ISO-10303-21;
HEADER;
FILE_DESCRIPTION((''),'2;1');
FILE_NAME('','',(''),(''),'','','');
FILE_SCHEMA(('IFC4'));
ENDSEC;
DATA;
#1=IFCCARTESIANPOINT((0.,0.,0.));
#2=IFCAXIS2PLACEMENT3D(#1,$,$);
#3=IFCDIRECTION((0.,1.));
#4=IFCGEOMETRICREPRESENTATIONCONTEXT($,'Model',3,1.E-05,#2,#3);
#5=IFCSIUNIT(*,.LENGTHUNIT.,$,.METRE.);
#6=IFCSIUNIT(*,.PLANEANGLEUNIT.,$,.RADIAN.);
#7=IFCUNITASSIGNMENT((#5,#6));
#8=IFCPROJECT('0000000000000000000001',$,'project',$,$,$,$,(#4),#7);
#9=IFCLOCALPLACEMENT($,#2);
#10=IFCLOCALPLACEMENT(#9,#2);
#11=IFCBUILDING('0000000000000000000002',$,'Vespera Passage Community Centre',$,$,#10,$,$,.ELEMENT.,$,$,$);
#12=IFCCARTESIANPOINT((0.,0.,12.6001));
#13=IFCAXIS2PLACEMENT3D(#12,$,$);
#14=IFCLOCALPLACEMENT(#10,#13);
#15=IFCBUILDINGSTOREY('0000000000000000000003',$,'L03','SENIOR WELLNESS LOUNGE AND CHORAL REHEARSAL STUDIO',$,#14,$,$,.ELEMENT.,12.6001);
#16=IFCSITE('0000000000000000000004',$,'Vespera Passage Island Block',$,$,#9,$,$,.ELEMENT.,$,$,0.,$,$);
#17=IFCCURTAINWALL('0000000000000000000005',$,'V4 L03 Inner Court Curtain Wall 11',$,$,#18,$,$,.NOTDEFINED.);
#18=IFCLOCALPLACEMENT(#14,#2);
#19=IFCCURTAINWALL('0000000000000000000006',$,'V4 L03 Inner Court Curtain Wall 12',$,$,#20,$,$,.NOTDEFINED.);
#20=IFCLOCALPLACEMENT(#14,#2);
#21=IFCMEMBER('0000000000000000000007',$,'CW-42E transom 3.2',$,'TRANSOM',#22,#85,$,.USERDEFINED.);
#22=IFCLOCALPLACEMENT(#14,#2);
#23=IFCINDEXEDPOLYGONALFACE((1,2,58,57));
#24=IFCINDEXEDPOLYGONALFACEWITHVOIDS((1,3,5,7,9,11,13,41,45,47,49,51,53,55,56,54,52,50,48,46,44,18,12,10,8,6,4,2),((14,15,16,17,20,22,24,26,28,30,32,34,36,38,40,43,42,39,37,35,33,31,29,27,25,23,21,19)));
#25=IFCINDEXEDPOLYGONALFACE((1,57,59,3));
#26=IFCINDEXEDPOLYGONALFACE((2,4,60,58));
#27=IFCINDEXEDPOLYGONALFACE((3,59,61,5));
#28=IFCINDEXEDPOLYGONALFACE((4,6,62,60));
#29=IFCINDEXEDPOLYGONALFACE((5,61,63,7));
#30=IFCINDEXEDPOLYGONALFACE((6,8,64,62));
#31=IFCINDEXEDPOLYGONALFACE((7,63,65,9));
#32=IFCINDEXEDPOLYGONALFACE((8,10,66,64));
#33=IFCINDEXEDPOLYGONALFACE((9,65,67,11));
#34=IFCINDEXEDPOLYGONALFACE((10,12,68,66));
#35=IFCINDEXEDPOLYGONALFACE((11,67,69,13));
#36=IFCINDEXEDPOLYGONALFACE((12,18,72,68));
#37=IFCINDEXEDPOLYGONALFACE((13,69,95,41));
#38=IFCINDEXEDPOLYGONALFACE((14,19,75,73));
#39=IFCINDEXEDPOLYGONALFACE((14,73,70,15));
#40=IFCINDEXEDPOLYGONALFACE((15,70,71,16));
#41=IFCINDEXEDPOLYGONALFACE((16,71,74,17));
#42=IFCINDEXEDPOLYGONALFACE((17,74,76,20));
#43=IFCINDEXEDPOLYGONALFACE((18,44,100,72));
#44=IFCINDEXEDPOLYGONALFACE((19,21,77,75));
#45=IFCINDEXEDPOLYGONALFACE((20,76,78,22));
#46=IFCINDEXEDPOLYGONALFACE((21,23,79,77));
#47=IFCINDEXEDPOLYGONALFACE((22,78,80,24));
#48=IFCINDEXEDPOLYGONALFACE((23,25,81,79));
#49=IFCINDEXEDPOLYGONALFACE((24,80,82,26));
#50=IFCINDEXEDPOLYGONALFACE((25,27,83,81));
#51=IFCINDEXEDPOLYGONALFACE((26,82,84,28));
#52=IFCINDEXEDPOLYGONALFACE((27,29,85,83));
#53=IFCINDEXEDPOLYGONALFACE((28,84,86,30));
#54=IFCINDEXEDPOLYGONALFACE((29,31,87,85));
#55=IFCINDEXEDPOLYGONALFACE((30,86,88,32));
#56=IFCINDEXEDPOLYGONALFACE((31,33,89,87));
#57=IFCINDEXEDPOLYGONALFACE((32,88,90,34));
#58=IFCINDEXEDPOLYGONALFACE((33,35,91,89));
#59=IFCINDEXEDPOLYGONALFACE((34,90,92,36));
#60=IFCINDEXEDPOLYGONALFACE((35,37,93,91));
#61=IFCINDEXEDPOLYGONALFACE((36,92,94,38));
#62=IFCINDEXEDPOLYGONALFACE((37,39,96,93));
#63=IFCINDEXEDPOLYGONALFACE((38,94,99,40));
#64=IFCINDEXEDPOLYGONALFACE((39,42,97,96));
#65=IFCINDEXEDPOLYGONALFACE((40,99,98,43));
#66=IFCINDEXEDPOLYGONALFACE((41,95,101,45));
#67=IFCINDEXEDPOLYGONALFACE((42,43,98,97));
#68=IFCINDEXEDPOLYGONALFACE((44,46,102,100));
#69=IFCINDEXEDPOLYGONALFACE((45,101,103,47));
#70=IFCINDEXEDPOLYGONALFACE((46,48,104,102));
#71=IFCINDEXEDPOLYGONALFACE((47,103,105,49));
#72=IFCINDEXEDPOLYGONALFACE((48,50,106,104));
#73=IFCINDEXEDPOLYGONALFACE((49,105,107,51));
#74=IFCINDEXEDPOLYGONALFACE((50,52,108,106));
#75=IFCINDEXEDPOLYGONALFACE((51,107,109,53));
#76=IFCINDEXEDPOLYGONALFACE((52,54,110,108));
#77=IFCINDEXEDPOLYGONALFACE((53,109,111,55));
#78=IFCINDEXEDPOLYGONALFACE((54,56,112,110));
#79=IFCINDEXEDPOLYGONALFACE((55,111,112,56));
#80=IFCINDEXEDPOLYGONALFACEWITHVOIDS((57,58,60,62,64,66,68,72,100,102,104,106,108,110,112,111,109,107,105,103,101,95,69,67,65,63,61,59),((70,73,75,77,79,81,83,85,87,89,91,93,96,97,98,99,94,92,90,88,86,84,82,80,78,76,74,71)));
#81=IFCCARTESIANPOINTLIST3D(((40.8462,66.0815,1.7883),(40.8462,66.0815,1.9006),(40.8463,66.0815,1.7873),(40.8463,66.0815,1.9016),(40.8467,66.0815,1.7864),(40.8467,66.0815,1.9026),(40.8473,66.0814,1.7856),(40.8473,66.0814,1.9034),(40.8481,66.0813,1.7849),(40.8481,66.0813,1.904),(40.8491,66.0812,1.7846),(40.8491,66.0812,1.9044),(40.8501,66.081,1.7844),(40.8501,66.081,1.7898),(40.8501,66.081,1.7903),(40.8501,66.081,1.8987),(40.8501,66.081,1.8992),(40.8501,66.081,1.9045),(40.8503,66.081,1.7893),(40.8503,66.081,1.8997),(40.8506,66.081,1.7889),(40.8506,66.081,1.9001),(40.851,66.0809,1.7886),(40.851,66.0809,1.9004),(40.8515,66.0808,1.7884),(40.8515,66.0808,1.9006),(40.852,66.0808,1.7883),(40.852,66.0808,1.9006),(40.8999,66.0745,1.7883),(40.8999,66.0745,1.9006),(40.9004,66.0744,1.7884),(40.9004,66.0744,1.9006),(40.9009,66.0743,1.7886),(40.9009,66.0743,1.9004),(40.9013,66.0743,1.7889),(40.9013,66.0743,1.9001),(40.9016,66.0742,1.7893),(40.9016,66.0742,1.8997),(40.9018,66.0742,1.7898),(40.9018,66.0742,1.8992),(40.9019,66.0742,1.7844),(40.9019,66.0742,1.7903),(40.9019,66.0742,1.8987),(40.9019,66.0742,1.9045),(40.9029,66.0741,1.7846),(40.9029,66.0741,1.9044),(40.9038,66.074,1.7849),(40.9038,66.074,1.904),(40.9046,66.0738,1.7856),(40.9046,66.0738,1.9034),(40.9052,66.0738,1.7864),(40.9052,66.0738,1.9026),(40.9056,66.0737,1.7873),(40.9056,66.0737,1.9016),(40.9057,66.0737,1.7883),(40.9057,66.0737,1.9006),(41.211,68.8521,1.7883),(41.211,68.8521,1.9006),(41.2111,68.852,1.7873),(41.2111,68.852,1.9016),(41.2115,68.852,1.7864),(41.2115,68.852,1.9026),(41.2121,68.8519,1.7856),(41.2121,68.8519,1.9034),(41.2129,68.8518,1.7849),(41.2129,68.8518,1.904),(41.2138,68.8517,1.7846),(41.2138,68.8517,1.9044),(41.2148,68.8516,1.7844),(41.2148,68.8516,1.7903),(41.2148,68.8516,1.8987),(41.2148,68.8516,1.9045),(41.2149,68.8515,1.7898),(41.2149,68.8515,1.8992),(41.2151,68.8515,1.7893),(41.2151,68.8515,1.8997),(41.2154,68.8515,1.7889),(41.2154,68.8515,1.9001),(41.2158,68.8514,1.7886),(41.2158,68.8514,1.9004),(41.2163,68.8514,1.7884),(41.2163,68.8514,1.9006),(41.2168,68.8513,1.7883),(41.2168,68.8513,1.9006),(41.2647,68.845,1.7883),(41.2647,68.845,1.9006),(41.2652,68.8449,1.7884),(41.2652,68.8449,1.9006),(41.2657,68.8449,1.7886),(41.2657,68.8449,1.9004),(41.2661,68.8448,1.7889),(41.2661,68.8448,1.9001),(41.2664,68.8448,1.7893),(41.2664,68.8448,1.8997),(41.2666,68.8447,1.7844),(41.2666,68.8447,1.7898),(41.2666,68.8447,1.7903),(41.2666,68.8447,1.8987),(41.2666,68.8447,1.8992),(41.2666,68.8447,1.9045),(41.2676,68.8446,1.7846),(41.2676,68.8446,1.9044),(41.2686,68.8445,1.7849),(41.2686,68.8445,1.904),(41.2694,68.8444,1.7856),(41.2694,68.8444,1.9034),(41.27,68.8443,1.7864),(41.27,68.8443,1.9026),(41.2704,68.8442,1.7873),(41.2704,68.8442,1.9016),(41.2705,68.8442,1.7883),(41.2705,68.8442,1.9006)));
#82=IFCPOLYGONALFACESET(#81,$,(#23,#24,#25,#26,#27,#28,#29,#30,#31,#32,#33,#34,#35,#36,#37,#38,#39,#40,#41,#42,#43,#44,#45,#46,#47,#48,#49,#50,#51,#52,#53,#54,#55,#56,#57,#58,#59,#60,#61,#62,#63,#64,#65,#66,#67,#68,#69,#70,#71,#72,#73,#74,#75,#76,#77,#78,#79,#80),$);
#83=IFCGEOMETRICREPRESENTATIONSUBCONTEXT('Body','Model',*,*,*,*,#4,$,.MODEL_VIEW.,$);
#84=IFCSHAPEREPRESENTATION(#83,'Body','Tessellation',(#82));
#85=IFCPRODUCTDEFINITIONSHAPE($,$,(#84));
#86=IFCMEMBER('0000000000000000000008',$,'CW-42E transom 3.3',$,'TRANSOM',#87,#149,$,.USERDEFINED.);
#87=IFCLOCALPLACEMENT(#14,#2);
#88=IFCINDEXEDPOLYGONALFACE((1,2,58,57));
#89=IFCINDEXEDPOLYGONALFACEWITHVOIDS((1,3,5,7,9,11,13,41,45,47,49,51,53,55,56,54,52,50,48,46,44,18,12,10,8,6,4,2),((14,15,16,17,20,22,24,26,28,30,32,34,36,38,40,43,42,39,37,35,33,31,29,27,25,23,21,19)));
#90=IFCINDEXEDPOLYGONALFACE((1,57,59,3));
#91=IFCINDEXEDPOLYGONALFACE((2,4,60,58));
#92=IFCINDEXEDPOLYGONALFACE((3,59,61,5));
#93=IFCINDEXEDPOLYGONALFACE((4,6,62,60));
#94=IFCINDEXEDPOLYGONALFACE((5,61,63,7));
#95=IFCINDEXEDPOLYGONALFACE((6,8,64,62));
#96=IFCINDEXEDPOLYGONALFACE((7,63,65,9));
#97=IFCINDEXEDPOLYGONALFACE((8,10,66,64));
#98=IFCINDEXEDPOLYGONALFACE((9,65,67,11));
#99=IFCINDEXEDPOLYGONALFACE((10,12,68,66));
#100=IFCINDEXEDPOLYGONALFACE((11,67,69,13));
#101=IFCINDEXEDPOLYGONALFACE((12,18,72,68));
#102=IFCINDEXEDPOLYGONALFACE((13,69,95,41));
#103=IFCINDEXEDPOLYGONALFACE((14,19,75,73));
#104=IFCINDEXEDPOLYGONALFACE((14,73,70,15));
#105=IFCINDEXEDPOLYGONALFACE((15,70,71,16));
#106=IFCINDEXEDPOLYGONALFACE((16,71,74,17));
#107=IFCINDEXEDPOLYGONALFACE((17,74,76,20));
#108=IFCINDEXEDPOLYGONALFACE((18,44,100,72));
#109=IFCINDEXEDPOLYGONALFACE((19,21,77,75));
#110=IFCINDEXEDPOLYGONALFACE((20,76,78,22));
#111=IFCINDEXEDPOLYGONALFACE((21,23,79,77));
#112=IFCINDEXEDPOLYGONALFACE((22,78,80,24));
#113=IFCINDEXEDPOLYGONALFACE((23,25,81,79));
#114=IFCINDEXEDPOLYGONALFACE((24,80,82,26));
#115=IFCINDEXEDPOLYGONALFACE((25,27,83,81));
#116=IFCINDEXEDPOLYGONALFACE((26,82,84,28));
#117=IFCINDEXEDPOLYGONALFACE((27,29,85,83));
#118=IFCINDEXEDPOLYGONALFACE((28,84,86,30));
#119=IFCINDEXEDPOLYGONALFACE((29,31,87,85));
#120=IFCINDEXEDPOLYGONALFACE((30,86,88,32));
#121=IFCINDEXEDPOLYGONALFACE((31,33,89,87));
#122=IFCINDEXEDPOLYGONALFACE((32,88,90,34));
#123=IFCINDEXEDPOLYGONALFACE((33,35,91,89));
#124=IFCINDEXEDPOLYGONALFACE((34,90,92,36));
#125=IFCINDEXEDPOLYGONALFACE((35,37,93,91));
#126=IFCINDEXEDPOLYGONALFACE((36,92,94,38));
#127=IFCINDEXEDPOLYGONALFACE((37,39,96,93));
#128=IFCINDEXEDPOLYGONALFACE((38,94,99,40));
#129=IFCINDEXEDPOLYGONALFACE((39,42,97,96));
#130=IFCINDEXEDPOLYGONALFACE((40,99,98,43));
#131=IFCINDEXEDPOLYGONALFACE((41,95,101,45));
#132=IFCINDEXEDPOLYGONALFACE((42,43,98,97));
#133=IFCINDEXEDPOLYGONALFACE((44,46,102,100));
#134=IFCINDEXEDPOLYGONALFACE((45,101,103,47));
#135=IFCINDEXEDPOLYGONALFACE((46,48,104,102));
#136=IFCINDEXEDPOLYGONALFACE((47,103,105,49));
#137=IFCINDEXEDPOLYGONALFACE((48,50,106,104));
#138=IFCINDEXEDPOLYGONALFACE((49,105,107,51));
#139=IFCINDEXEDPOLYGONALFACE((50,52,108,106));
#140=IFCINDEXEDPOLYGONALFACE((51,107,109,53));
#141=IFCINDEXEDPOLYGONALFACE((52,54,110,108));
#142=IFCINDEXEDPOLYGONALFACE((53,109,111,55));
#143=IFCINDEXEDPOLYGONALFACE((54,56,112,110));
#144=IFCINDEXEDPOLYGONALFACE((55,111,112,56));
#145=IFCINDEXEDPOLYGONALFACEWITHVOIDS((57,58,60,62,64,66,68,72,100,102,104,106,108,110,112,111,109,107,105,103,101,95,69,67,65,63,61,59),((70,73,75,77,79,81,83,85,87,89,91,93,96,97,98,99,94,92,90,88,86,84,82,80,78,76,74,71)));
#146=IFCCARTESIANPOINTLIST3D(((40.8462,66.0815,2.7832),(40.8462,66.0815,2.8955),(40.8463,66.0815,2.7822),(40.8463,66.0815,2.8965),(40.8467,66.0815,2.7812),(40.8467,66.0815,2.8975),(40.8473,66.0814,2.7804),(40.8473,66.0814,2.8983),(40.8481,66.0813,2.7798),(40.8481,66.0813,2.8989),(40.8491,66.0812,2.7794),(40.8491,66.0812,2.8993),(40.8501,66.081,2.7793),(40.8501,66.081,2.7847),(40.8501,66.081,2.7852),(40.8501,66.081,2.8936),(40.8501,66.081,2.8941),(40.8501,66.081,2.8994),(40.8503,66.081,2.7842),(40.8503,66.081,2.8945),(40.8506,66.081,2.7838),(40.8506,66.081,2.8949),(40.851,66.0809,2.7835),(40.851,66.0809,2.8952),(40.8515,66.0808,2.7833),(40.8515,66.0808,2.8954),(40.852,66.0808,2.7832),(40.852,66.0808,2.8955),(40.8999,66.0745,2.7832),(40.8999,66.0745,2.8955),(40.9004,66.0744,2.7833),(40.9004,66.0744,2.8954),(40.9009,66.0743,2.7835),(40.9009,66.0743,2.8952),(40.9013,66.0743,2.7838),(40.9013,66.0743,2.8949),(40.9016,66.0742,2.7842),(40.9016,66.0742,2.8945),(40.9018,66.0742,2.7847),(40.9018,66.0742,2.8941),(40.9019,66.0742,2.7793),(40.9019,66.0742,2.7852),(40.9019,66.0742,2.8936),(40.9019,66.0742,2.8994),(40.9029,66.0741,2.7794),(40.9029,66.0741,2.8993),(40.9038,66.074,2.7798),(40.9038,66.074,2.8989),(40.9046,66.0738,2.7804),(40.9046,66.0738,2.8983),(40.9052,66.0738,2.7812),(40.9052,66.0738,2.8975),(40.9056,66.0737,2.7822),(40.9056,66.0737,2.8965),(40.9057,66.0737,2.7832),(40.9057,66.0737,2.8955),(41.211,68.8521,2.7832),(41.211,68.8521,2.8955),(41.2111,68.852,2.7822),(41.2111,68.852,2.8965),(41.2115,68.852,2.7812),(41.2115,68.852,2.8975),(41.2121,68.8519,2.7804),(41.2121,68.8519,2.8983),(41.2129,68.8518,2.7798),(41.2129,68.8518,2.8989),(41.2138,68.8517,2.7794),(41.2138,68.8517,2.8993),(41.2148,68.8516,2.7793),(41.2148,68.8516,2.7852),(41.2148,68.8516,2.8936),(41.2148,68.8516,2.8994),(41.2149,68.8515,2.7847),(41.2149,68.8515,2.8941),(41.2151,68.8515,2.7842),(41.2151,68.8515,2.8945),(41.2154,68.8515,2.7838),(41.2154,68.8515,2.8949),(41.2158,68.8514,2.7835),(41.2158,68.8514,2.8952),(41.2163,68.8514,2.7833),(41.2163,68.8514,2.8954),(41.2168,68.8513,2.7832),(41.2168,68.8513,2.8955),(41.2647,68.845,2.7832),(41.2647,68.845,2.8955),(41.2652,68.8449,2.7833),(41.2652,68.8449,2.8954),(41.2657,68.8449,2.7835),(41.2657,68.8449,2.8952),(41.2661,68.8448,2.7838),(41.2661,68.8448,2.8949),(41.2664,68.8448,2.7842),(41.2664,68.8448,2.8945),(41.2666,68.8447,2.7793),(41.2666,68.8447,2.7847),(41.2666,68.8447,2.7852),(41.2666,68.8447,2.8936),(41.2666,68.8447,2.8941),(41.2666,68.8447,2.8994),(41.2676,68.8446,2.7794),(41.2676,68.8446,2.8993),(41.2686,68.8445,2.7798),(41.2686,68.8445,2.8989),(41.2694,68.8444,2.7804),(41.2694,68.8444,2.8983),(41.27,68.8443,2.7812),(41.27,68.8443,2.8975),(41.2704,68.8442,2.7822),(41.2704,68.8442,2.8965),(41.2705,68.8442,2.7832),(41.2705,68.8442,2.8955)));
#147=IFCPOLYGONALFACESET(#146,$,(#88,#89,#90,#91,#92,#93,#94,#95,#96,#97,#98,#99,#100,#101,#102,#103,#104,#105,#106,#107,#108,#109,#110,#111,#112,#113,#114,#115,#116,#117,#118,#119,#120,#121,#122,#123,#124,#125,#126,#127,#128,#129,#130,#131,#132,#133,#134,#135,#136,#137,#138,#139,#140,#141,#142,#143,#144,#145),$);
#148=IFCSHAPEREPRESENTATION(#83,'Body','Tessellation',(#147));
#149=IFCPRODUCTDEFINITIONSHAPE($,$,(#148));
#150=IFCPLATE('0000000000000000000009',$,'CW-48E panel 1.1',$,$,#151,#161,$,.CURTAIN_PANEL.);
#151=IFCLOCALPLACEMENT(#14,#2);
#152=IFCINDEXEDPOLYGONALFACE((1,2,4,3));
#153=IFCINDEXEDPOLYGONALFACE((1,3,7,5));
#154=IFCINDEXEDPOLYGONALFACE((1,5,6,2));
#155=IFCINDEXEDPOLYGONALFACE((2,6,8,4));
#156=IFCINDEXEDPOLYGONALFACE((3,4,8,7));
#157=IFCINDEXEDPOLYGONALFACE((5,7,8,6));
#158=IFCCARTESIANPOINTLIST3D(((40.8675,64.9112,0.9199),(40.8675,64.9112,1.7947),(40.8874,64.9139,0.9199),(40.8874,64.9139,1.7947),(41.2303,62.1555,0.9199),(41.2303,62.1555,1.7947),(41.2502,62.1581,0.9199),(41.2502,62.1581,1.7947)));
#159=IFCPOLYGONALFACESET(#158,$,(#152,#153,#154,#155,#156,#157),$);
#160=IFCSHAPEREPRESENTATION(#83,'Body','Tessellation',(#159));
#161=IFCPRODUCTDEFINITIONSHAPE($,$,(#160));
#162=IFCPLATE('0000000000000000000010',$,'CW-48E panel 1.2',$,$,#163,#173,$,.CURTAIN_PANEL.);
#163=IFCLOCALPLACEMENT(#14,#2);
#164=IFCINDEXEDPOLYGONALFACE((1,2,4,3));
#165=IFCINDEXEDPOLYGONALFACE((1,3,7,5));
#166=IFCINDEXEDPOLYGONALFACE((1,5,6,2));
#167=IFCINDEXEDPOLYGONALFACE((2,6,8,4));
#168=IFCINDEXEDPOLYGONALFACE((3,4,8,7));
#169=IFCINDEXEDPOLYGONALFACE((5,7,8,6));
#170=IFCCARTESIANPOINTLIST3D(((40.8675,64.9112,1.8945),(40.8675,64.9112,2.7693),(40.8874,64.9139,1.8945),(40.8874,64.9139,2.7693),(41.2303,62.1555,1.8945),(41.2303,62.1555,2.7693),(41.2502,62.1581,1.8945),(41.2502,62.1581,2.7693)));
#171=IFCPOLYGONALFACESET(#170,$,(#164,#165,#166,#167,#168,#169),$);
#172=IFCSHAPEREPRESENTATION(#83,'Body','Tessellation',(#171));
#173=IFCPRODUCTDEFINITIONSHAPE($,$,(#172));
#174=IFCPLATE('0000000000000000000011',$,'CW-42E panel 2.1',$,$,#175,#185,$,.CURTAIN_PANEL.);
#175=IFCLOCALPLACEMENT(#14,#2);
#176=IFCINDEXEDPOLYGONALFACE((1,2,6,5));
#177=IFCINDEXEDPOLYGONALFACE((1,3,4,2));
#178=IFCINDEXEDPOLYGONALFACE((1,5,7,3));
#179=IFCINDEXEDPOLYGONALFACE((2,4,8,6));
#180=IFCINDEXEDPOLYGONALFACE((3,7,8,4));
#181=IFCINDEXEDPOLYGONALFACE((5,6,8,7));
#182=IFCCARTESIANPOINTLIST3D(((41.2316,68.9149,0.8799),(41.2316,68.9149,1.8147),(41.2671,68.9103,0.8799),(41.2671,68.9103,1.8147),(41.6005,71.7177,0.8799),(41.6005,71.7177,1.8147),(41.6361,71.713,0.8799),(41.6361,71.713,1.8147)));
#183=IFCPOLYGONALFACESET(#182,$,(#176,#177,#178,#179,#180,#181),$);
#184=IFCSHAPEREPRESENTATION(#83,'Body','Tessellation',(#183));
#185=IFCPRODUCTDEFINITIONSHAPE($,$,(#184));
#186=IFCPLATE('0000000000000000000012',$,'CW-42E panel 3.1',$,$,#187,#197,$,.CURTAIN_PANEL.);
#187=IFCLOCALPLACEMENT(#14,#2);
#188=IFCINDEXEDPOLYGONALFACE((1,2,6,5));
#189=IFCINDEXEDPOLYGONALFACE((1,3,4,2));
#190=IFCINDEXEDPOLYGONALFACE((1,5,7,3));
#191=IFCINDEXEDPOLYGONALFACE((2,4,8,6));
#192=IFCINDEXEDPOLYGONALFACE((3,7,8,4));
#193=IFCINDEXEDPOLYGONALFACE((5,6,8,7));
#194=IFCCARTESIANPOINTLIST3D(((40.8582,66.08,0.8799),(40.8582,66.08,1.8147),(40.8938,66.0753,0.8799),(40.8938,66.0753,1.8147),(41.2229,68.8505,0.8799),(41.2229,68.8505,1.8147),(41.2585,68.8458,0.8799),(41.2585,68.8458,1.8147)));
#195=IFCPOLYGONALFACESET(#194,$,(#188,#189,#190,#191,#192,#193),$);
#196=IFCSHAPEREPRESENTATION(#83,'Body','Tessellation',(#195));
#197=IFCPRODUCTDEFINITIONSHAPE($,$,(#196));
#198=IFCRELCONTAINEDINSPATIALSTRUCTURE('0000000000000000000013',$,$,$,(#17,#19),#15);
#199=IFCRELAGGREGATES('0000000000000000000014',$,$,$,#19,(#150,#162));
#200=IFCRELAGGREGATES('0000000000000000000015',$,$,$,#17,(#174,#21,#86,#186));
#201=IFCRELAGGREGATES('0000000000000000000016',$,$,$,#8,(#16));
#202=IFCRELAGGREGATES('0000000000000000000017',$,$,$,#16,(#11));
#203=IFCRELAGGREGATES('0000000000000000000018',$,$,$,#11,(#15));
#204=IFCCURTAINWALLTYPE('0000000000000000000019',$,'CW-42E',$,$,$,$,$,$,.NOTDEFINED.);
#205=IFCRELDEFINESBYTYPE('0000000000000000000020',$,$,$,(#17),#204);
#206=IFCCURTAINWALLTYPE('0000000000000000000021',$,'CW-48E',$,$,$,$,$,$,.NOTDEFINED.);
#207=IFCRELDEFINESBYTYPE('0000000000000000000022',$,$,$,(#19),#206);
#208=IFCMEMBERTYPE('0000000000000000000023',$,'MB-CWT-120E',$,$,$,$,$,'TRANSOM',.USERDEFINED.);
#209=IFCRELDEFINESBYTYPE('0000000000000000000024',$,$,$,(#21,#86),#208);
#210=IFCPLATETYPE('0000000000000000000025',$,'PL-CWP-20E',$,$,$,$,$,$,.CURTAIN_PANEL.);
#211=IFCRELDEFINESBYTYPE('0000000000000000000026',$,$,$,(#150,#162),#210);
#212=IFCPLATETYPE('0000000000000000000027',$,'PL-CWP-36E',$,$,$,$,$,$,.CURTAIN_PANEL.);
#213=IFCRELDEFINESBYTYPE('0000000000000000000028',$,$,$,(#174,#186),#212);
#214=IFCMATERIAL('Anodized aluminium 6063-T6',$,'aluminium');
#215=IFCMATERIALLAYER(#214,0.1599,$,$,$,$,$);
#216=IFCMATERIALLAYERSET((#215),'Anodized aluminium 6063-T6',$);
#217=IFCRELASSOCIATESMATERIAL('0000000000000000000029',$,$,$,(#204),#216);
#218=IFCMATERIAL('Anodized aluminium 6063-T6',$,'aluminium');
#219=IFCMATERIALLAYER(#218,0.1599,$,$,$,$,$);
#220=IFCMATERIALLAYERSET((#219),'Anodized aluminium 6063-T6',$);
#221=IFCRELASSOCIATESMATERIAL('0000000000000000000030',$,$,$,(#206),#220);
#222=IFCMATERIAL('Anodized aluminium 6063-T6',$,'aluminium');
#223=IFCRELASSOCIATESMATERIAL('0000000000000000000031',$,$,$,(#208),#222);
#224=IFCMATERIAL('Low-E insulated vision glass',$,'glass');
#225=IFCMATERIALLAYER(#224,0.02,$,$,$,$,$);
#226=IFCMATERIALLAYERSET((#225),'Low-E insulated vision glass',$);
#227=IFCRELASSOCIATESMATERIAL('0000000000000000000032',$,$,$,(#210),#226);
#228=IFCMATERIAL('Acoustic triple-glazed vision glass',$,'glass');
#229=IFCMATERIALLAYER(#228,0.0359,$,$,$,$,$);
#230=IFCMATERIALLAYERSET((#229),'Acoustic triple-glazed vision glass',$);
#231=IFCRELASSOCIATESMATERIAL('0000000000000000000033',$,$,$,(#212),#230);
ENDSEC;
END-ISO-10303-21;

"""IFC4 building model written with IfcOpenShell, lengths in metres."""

from ifc_helpers import new_model, si_unit, direction, frame, origin, origin_2d, place, context, subcontext, project, spatial, rectangle, hollow_rectangle, extrude, material, layer, layer_set, material_profile, profile_set, type_object, element, aggregate, save


model = new_model("IFC4")

# Units and contexts
model_context = context("Model", 3, precision=1e-05, world=origin(), true_north=direction((0.0, 1.0)))
body_context = subcontext(model_context, "Body", "Model", "MODEL_VIEW")
ifc_project = project(units=[si_unit("LENGTHUNIT", "METRE"), si_unit("PLANEANGLEUNIT", "RADIAN")], contexts=[model_context])

# Site, building, storey
site_placement = place(None, origin())
site = spatial("IfcSite", under=ifc_project, at=site_placement, Name="Vespera Passage Island Block", CompositionType="ELEMENT", RefElevation=0.0)
building_placement = place(site_placement, origin())
building = spatial("IfcBuilding", under=site, at=building_placement, Name="Vespera Passage Community Centre", CompositionType="ELEMENT")
storey_placement = place(building_placement, frame((0.0, 0.0, 12.6001)))
storey = spatial("IfcBuildingStorey", under=building, at=storey_placement, Name="L03", Description="SENIOR WELLNESS LOUNGE AND CHORAL REHEARSAL STUDIO", CompositionType="ELEMENT", Elevation=12.6001)

# Curtain walls
ifc_material_1 = material(Name="Anodized aluminium 6063-T6", Category="aluminium")
ifc_layer_1 = layer(ifc_material_1, 0.1599)
ifc_layer_set_1 = layer_set([ifc_layer_1], Name="Anodized aluminium 6063-T6")
curtain_wall_type_1 = type_object("IfcCurtainWallType", Name="CW-42E", PredefinedType="NOTDEFINED", material=ifc_layer_set_1)
curtain_wall_1_placement = place(storey_placement, origin())
curtain_wall_1 = element("IfcCurtainWall", 1, at=curtain_wall_1_placement, inside=storey, type_object=curtain_wall_type_1, Name="V4 L03 Inner Court Curtain Wall 11", PredefinedType="NOTDEFINED")
ifc_material_2 = material(Name="Anodized aluminium 6063-T6", Category="aluminium")
ifc_layer_2 = layer(ifc_material_2, 0.1599)
ifc_layer_set_2 = layer_set([ifc_layer_2], Name="Anodized aluminium 6063-T6")
curtain_wall_type_2 = type_object("IfcCurtainWallType", Name="CW-48E", PredefinedType="NOTDEFINED", material=ifc_layer_set_2)
curtain_wall_2_placement = place(storey_placement, origin())
curtain_wall_2 = element("IfcCurtainWall", 2, at=curtain_wall_2_placement, inside=storey, type_object=curtain_wall_type_2, Name="V4 L03 Inner Court Curtain Wall 12", PredefinedType="NOTDEFINED")

# Members
ifc_material_3 = material(Name="Anodized aluminium 6063-T6", Category="aluminium")
ifc_material_profile_1 = material_profile(ifc_material_3, hollow_rectangle(XDim=0.0601, YDim=0.1201, WallThickness=0.0039, InnerFilletRadius=0.002, OuterFilletRadius=0.0039, at=origin_2d()), Name="ALU120X60X4")
ifc_profile_set_1 = profile_set([ifc_material_profile_1], Name="Anodized aluminium 6063-T6")
member_type_1 = type_object("IfcMemberType", Name="MB-CWT-120E", ElementType="TRANSOM", PredefinedType="USERDEFINED", material=ifc_profile_set_1)
member_1_placement = place(storey_placement, frame((41.2407, 68.8481, 1.8445), z_axis=(-0.130527, -0.991445, 0.0), x_axis=(0.991445, -0.130527, 0.0)))
member_1 = element("IfcMember", 3, at=member_1_placement, type_object=member_type_1, Name="CW-42E transom 3.2", ObjectType="TRANSOM", PredefinedType="USERDEFINED", context=body_context, shape_type="SweptSolid", body=[
    extrude(hollow_rectangle(XDim=0.0601, YDim=0.1201, WallThickness=0.0039, InnerFilletRadius=0.002, OuterFilletRadius=0.0039, at=origin_2d()), origin(), (0.0, 0.0, 1.0), 2.7944),
])
member_2_placement = place(storey_placement, frame((41.2407, 68.8481, 2.8394), z_axis=(-0.130527, -0.991445, 0.0), x_axis=(0.991445, -0.130527, 0.0)))
member_2 = element("IfcMember", 4, at=member_2_placement, type_object=member_type_1, Name="CW-42E transom 3.3", ObjectType="TRANSOM", PredefinedType="USERDEFINED", context=body_context, shape_type="SweptSolid", body=[
    extrude(hollow_rectangle(XDim=0.0601, YDim=0.1201, WallThickness=0.0039, InnerFilletRadius=0.002, OuterFilletRadius=0.0039, at=origin_2d()), origin(), (0.0, 0.0, 1.0), 2.7944),
])

# Plates
ifc_material_4 = material(Name="Low-E insulated vision glass", Category="glass")
ifc_layer_3 = layer(ifc_material_4, 0.02)
ifc_layer_set_3 = layer_set([ifc_layer_3], Name="Low-E insulated vision glass")
plate_type_1 = type_object("IfcPlateType", Name="PL-CWP-20E", PredefinedType="CURTAIN_PANEL", material=ifc_layer_set_3)
plate_1_placement = place(storey_placement, frame((41.0588, 63.5347, 0.9199), z_axis=(0.0, 0.0, 1.0), x_axis=(0.130522, -0.991445, 0.0)))
plate_1 = element("IfcPlate", 5, at=plate_1_placement, type_object=plate_type_1, Name="CW-48E panel 1.1", PredefinedType="CURTAIN_PANEL", context=body_context, shape_type="SweptSolid", body=[
    extrude(rectangle(XDim=2.7795, YDim=0.02, at=origin_2d()), origin(), (0.0, 0.0, 1.0), 0.8748),
])
plate_2_placement = place(storey_placement, frame((41.0588, 63.5347, 1.8945), z_axis=(0.0, 0.0, 1.0), x_axis=(0.130522, -0.991445, 0.0)))
plate_2 = element("IfcPlate", 6, at=plate_2_placement, type_object=plate_type_1, Name="CW-48E panel 1.2", PredefinedType="CURTAIN_PANEL", context=body_context, shape_type="SweptSolid", body=[
    extrude(rectangle(XDim=2.7795, YDim=0.02, at=origin_2d()), origin(), (0.0, 0.0, 1.0), 0.8748),
])
aggregate(curtain_wall_2, [plate_1, plate_2])
ifc_material_5 = material(Name="Acoustic triple-glazed vision glass", Category="glass")
ifc_layer_4 = layer(ifc_material_5, 0.0359)
ifc_layer_set_4 = layer_set([ifc_layer_4], Name="Acoustic triple-glazed vision glass")
plate_type_2 = type_object("IfcPlateType", Name="PL-CWP-36E", PredefinedType="CURTAIN_PANEL", material=ifc_layer_set_4)
plate_3_placement = place(storey_placement, frame((41.4338, 70.314, 0.8799), z_axis=(0.0, 0.0, 1.0), x_axis=(-0.130522, -0.991445, 0.0)))
plate_3 = element("IfcPlate", 7, at=plate_3_placement, type_object=plate_type_2, Name="CW-42E panel 2.1", PredefinedType="CURTAIN_PANEL", context=body_context, shape_type="SweptSolid", body=[
    extrude(rectangle(XDim=2.8269, YDim=0.0359, at=origin_2d()), origin(), (0.0, 0.0, 1.0), 0.9348),
])
plate_4_placement = place(storey_placement, frame((41.0583, 67.4629, 0.8799), z_axis=(0.0, 0.0, 1.0), x_axis=(-0.130522, -0.991445, 0.0)))
plate_4 = element("IfcPlate", 8, at=plate_4_placement, type_object=plate_type_2, Name="CW-42E panel 3.1", PredefinedType="CURTAIN_PANEL", context=body_context, shape_type="SweptSolid", body=[
    extrude(rectangle(XDim=2.7944, YDim=0.0359, at=origin_2d()), origin(), (0.0, 0.0, 1.0), 0.9348),
])
aggregate(curtain_wall_1, [plate_3, member_1, member_2, plate_4])

save(model, "model.ifc")
